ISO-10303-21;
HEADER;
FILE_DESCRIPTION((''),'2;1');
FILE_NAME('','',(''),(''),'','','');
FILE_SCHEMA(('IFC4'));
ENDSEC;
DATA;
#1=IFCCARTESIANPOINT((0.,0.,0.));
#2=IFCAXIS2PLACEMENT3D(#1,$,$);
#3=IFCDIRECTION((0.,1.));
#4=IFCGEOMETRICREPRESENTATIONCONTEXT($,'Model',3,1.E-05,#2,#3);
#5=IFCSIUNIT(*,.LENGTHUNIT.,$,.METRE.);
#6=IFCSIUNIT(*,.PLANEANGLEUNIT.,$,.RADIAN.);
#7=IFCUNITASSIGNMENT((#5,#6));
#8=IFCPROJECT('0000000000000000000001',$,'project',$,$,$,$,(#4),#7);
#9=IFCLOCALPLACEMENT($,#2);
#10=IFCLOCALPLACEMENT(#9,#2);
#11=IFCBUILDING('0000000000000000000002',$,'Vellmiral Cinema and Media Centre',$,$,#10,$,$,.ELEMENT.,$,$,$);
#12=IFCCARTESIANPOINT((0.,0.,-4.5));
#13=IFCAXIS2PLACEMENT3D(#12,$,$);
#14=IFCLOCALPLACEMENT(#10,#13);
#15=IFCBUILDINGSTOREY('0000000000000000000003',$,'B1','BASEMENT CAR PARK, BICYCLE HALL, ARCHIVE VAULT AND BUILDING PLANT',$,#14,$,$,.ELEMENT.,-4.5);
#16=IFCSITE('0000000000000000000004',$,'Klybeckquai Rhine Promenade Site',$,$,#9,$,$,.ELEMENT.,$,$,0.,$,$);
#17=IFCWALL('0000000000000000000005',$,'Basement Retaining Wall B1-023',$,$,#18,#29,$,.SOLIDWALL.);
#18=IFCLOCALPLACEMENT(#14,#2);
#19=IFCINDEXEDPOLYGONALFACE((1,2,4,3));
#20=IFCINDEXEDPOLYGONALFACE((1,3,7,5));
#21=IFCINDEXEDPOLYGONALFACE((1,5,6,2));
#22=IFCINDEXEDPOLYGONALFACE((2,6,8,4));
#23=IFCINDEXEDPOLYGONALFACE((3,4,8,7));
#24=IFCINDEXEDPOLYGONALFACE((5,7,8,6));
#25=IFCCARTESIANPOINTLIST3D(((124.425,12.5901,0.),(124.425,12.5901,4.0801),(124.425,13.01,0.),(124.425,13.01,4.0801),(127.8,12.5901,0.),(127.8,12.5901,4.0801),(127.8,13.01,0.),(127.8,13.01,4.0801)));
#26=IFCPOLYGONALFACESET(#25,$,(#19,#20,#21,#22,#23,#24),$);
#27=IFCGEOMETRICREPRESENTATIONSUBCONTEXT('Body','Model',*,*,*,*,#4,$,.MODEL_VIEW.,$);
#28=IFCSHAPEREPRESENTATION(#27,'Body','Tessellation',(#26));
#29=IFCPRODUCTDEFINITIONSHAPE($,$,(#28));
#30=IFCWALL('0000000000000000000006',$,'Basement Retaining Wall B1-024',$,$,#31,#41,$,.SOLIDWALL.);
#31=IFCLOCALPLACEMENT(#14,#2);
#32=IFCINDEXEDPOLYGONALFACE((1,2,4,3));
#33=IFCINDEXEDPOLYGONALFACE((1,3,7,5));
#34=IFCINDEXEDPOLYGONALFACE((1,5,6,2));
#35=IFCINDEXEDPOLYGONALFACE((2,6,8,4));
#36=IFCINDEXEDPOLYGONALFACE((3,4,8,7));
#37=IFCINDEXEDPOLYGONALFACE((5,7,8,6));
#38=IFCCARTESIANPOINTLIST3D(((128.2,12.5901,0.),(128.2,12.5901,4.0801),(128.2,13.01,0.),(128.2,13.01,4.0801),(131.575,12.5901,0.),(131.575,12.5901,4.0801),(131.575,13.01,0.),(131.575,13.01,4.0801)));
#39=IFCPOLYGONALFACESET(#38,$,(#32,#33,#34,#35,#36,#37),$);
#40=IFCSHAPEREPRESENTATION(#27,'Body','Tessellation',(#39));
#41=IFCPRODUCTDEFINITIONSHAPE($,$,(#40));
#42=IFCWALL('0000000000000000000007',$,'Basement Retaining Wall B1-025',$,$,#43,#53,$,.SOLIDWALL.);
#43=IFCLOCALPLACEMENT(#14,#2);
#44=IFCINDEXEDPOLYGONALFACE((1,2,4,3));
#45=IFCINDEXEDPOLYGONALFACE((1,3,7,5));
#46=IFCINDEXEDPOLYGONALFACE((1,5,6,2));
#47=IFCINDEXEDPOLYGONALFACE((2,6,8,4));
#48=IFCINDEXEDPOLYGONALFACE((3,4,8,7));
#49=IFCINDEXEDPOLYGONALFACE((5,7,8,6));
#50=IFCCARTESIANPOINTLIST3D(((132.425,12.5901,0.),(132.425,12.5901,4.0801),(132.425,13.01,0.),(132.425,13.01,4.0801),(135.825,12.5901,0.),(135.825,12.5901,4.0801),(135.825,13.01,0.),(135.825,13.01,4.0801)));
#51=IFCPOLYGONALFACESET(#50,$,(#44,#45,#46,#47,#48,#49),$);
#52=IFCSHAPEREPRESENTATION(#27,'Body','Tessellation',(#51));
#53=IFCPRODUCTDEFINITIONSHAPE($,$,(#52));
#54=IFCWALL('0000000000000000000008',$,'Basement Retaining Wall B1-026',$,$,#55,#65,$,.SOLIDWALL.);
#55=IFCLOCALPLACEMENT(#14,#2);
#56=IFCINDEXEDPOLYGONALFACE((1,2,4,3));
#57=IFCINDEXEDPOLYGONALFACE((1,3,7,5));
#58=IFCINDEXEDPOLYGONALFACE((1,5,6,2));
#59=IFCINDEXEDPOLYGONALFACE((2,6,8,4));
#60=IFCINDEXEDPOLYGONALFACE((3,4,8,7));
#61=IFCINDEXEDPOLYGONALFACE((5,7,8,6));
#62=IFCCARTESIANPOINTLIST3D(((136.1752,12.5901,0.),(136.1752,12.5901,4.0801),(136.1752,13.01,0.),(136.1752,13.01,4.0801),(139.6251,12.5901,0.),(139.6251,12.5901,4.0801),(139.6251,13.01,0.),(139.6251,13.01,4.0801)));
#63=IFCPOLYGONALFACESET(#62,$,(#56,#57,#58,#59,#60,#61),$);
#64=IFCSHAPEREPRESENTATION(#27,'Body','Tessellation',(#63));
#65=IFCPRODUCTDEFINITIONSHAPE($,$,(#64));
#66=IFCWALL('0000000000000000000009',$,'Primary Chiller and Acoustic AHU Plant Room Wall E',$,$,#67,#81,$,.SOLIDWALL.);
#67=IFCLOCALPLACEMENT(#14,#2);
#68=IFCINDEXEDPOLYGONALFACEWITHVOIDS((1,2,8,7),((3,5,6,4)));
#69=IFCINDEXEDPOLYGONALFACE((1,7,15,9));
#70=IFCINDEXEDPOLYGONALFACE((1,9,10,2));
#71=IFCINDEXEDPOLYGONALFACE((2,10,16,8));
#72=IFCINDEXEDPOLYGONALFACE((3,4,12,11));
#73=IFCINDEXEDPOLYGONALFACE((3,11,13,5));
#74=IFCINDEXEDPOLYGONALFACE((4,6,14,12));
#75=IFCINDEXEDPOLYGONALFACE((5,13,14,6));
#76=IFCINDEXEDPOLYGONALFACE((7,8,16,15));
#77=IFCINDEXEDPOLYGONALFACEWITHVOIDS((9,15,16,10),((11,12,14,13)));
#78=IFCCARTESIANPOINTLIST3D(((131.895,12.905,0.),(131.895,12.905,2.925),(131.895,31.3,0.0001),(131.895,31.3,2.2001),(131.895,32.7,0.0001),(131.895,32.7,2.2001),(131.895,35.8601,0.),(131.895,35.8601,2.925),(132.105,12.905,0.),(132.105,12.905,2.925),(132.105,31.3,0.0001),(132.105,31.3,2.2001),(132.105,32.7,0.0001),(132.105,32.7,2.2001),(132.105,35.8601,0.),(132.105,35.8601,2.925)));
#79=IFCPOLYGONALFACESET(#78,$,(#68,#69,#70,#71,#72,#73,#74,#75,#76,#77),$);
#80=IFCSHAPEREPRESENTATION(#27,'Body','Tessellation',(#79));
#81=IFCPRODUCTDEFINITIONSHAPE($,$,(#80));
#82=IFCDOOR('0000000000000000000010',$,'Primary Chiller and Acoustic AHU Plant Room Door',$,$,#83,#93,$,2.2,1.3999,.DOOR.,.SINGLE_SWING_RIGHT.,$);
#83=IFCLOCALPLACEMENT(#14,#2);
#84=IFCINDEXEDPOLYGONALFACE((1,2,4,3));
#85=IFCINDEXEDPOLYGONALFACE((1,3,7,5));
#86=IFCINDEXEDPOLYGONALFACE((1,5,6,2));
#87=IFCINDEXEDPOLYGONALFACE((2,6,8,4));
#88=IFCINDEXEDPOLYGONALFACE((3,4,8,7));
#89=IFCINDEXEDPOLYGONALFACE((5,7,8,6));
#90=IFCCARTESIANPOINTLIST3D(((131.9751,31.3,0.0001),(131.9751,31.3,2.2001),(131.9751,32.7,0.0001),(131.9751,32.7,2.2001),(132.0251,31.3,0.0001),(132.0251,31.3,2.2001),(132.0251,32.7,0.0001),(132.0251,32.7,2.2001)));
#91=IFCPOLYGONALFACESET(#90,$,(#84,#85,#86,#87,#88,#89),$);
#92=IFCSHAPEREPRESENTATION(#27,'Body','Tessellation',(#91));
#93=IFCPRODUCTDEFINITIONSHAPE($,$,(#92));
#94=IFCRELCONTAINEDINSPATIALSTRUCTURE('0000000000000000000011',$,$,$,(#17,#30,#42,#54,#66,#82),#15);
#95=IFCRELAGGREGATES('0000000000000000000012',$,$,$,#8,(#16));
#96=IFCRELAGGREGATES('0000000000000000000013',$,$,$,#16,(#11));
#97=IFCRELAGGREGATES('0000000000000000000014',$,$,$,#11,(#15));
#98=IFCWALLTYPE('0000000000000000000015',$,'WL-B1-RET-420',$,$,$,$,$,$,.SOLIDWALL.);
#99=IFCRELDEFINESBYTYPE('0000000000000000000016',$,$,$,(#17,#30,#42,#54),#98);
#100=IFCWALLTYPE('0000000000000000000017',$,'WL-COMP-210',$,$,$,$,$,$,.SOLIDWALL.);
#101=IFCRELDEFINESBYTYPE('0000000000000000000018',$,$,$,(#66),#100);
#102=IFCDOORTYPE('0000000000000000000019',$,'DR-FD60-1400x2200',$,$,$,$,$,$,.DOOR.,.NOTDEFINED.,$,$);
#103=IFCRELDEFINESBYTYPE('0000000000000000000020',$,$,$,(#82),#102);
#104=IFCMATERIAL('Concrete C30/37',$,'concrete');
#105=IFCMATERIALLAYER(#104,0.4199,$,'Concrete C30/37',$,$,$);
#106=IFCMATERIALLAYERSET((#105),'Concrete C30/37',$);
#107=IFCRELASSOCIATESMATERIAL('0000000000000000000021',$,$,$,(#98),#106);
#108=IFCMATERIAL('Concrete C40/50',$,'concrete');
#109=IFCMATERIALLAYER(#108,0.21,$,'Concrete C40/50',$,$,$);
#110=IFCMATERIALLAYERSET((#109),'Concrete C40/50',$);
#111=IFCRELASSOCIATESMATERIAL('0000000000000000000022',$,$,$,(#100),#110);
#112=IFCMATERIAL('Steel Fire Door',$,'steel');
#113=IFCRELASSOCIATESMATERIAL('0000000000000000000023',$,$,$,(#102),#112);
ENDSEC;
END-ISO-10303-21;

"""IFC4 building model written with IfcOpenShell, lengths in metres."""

from ifc_helpers import new_model, si_unit, direction, frame, frame_2d, origin, place, context, subcontext, project, spatial, rectangle, extrude, material, layer, layer_set, type_object, element, fill, save


model = new_model("IFC4")

# Units and contexts
model_context = context("Model", 3, precision=1e-05, world=origin(), true_north=direction((0.0, 1.0)))
body_context = subcontext(model_context, "Body", "Model", "MODEL_VIEW")
ifc_project = project(units=[si_unit("LENGTHUNIT", "METRE"), si_unit("PLANEANGLEUNIT", "RADIAN")], contexts=[model_context])

# Site, building, storey
site_placement = place(None, origin())
site = spatial("IfcSite", under=ifc_project, at=site_placement, Name="Klybeckquai Rhine Promenade Site", CompositionType="ELEMENT", RefElevation=0.0)
building_placement = place(site_placement, origin())
building = spatial("IfcBuilding", under=site, at=building_placement, Name="Vellmiral Cinema and Media Centre", CompositionType="ELEMENT")
storey_placement = place(building_placement, frame((0.0, 0.0, -4.5)))
storey = spatial("IfcBuildingStorey", under=building, at=storey_placement, Name="B1", Description="BASEMENT CAR PARK, BICYCLE HALL, ARCHIVE VAULT AND BUILDING PLANT", CompositionType="ELEMENT", Elevation=-4.5)

# Walls
ifc_material_1 = material(Name="Concrete C30/37", Category="concrete")
ifc_layer_1 = layer(ifc_material_1, 0.4199, Name="Concrete C30/37")
ifc_layer_set_1 = layer_set([ifc_layer_1], Name="Concrete C30/37")
wall_type_1 = type_object("IfcWallType", Name="WL-B1-RET-420", PredefinedType="SOLIDWALL", material=ifc_layer_set_1)
for number, where, z_axis, x_axis, name in (
    (1, (124.425, 12.8, 0.0), (0.0, 0.0, 1.0), (1.0, 0.0, 0.0), "Basement Retaining Wall B1-023"),
    (2, (128.2, 12.8, 0.0), (0.0, 0.0, 1.0), (1.0, 0.0, 0.0), "Basement Retaining Wall B1-024"),
):
    element("IfcWall", number, at=place(storey_placement, frame(where, z_axis=z_axis, x_axis=x_axis)), inside=storey, type_object=wall_type_1, Name=name, PredefinedType="SOLIDWALL", context=body_context, shape_type="SweptSolid", body=[
        extrude(rectangle(XDim=3.375, YDim=0.4199, at=frame_2d((1.6875, 0.0))), origin(), (0.0, 0.0, 1.0), 4.0801),
    ])
wall_1_placement = place(storey_placement, frame((132.425, 12.8, 0.0), z_axis=(0.0, 0.0, 1.0), x_axis=(1.0, 0.0, 0.0)))
element("IfcWall", 3, at=wall_1_placement, inside=storey, type_object=wall_type_1, Name="Basement Retaining Wall B1-025", PredefinedType="SOLIDWALL", context=body_context, shape_type="SweptSolid", body=[
    extrude(rectangle(XDim=3.3999, YDim=0.4199, at=frame_2d((1.7, 0.0))), origin(), (0.0, 0.0, 1.0), 4.0801),
])
wall_2_placement = place(storey_placement, frame((136.175, 12.8, 0.0), z_axis=(0.0, 0.0, 1.0), x_axis=(1.0, 0.0, 0.0)))
element("IfcWall", 4, at=wall_2_placement, inside=storey, type_object=wall_type_1, Name="Basement Retaining Wall B1-026", PredefinedType="SOLIDWALL", context=body_context, shape_type="SweptSolid", body=[
    extrude(rectangle(XDim=3.45, YDim=0.4199, at=frame_2d((1.7251, 0.0))), origin(), (0.0, 0.0, 1.0), 4.0801),
])

# Wall, opening, door
ifc_material_2 = material(Name="Concrete C40/50", Category="concrete")
ifc_layer_2 = layer(ifc_material_2, 0.21, Name="Concrete C40/50")
ifc_layer_set_2 = layer_set([ifc_layer_2], Name="Concrete C40/50")
wall_type_2 = type_object("IfcWallType", Name="WL-COMP-210", PredefinedType="SOLIDWALL", material=ifc_layer_set_2)
wall_3_placement = place(storey_placement, frame((132.0, 12.905, 0.0), z_axis=(0.0, 0.0, 1.0), x_axis=(0.0, 1.0, 0.0)))
wall_3 = element("IfcWall", 5, at=wall_3_placement, inside=storey, type_object=wall_type_2, Name="Primary Chiller and Acoustic AHU Plant Room Wall E", PredefinedType="SOLIDWALL", context=body_context, shape_type="SweptSolid", body=[
    extrude(rectangle(XDim=22.9551, YDim=0.21, at=frame_2d((11.4775, 0.0))), origin(), (0.0, 0.0, 1.0), 2.925),
])
opening_placement = place(wall_3_placement, frame((18.395, 0.0, 0.0)))
opening = element("IfcOpeningElement", 6, at=opening_placement, cuts=wall_3, PredefinedType="OPENING", context=body_context, shape_type="SweptSolid", body=[
    extrude(rectangle(XDim=1.3999, YDim=2.2, at=frame_2d((0.7, 1.1001))), frame((0.0, 0.1169, 0.0), z_axis=(0.0, -1.0, 0.0), x_axis=(1.0, 0.0, 0.0)), (0.0, 0.0, 1.0), 0.2339),
])
ifc_material_3 = material(Name="Steel Fire Door", Category="steel")
door_type = type_object("IfcDoorType", Name="DR-FD60-1400x2200", OperationType="NOTDEFINED", PredefinedType="DOOR", material=ifc_material_3)
door_placement = place(opening_placement, origin())
door = element("IfcDoor", 7, at=door_placement, inside=storey, type_object=door_type, Name="Primary Chiller and Acoustic AHU Plant Room Door", OperationType="SINGLE_SWING_RIGHT", OverallHeight=2.2, OverallWidth=1.3999, PredefinedType="DOOR", context=body_context, shape_type="SweptSolid", body=[
    extrude(rectangle(XDim=1.3999, YDim=2.2, at=frame_2d((0.7, 1.1001))), frame((0.0, 0.0249, 0.0), z_axis=(0.0, -1.0, 0.0), x_axis=(1.0, 0.0, 0.0)), (0.0, 0.0, 1.0), 0.05),
])
fill(opening, door)

save(model, "model.ifc")
